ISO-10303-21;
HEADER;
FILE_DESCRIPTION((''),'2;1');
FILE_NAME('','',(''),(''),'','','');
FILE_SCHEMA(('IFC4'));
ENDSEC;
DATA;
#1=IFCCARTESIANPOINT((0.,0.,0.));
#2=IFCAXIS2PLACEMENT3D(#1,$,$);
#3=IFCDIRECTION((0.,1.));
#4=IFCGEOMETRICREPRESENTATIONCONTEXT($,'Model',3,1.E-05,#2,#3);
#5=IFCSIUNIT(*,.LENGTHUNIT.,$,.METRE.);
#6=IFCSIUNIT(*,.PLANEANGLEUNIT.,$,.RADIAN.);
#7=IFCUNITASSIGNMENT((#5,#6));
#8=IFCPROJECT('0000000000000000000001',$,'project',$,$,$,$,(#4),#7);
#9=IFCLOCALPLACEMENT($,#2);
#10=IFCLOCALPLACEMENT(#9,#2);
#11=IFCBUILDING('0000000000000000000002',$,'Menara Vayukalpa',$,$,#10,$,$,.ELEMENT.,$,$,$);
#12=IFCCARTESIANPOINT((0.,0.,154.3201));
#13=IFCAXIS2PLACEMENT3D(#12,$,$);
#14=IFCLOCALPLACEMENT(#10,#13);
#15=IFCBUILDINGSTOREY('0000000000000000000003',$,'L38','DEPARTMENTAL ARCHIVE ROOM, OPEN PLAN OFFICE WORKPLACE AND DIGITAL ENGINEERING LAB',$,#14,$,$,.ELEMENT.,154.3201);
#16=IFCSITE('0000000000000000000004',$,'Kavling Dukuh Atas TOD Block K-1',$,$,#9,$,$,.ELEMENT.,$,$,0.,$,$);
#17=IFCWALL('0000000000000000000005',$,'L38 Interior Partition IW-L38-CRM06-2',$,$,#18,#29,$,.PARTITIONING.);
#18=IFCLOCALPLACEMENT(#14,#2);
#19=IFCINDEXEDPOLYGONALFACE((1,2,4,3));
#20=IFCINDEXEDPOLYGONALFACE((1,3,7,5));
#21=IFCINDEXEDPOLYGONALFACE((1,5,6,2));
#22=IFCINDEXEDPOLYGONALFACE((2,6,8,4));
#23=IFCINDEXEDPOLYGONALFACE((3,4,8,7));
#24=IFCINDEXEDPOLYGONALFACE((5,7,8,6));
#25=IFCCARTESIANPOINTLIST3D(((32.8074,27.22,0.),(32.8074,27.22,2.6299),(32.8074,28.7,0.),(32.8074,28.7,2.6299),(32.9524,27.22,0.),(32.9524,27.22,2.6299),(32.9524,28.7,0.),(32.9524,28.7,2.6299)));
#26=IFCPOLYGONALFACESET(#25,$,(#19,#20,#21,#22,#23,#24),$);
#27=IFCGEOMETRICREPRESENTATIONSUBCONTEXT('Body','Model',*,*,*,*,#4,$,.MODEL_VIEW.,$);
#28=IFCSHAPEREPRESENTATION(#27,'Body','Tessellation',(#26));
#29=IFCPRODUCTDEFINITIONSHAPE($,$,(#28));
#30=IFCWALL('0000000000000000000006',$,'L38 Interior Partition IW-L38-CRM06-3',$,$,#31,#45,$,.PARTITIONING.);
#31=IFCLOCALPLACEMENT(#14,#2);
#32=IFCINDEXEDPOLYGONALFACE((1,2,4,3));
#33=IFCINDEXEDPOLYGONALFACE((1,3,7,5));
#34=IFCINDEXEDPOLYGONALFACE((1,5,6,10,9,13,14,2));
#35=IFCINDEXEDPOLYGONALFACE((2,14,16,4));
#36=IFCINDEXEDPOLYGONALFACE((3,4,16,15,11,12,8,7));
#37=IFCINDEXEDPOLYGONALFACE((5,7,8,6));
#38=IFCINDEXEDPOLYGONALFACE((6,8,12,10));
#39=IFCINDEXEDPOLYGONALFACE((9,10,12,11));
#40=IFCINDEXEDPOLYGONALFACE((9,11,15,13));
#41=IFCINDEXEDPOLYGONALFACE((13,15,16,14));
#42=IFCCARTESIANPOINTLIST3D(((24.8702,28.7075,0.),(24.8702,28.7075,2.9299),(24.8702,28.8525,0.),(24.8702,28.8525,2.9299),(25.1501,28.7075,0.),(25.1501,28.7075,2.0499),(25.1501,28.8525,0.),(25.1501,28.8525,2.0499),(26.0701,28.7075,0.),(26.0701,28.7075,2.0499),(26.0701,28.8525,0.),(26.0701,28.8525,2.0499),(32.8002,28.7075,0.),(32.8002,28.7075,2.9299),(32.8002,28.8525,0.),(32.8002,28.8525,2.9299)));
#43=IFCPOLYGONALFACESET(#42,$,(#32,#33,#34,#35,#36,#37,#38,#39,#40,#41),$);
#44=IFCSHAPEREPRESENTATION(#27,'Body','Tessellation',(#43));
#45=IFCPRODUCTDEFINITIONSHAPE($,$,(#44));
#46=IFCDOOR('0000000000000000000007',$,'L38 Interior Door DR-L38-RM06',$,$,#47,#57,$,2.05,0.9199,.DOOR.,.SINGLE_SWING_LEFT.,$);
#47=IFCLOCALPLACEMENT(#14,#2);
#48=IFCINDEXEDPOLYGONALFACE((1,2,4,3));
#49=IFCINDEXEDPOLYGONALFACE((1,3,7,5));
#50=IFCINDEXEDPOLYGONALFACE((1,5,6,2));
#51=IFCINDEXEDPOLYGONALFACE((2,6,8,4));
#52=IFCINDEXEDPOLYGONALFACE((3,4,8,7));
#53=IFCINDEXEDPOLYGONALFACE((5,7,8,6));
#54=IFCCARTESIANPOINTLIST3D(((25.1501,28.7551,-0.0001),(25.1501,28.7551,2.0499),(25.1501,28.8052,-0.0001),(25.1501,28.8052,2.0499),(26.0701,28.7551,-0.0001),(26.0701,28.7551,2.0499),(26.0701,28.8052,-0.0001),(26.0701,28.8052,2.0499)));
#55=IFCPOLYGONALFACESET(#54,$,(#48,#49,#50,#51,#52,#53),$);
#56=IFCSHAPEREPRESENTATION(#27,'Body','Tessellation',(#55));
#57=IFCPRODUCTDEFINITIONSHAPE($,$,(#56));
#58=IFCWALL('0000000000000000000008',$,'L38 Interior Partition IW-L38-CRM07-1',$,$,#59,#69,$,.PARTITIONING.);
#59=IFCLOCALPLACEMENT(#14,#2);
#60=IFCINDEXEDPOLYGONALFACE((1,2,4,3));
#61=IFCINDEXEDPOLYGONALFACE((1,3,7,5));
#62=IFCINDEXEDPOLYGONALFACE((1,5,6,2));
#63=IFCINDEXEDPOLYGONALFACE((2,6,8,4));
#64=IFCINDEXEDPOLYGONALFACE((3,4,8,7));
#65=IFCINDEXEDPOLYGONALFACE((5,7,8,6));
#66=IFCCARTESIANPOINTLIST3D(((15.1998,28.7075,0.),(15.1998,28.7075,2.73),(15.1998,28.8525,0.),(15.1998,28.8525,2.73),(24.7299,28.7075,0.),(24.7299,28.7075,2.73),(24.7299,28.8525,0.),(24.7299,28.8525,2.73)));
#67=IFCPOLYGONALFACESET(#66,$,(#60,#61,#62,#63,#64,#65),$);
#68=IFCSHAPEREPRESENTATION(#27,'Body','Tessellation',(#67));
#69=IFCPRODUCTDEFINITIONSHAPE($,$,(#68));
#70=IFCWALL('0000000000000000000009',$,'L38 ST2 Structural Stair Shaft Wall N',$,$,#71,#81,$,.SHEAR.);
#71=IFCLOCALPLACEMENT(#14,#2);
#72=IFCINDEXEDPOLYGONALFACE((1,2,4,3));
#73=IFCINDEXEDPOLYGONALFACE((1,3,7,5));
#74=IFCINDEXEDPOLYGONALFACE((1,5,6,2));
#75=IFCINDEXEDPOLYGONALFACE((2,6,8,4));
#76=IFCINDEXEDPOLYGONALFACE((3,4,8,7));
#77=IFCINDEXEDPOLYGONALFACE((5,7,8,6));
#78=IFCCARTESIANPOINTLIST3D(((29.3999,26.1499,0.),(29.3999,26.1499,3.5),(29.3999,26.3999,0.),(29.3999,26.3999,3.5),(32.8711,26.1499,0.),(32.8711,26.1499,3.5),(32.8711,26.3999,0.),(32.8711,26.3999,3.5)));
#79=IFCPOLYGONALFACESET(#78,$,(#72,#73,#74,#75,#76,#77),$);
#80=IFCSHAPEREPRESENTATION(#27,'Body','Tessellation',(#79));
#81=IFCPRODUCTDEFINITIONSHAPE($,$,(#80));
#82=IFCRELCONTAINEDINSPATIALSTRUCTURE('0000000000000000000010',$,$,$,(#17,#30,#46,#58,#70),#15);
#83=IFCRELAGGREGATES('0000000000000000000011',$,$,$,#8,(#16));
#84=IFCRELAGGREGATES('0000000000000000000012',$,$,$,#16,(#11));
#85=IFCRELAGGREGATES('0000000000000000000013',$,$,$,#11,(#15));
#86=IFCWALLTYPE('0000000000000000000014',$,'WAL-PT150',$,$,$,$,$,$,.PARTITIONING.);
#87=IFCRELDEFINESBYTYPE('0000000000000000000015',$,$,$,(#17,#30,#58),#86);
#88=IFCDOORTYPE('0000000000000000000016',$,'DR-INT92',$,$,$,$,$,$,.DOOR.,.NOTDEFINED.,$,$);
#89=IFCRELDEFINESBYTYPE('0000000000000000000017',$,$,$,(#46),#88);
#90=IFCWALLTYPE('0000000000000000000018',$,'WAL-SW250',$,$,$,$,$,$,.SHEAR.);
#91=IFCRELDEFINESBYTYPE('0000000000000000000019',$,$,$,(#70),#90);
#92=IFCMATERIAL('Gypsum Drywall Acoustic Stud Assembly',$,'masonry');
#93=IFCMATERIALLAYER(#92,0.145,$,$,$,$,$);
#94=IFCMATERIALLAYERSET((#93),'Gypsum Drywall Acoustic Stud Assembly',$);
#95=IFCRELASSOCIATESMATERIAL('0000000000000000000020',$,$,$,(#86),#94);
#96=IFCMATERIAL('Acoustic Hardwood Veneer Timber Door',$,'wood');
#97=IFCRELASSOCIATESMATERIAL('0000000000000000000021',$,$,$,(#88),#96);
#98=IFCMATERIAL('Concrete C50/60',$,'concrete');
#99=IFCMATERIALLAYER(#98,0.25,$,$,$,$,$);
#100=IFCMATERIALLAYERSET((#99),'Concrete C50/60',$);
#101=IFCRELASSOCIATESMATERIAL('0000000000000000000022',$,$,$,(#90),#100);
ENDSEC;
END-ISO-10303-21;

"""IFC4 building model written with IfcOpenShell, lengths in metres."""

from ifc_helpers import new_model, si_unit, direction, frame, frame_2d, origin, place, context, subcontext, project, spatial, rectangle, extrude, material, layer, layer_set, type_object, element, fill, save


model = new_model("IFC4")

# Units and contexts
model_context = context("Model", 3, precision=1e-05, world=origin(), true_north=direction((0.0, 1.0)))
body_context = subcontext(model_context, "Body", "Model", "MODEL_VIEW")
ifc_project = project(units=[si_unit("LENGTHUNIT", "METRE"), si_unit("PLANEANGLEUNIT", "RADIAN")], contexts=[model_context])

# Site, building, storey
site_placement = place(None, origin())
site = spatial("IfcSite", under=ifc_project, at=site_placement, Name="Kavling Dukuh Atas TOD Block K-1", CompositionType="ELEMENT", RefElevation=0.0)
building_placement = place(site_placement, origin())
building = spatial("IfcBuilding", under=site, at=building_placement, Name="Menara Vayukalpa", CompositionType="ELEMENT")
storey_placement = place(building_placement, frame((0.0, 0.0, 154.3201)))
storey = spatial("IfcBuildingStorey", under=building, at=storey_placement, Name="L38", Description="DEPARTMENTAL ARCHIVE ROOM, OPEN PLAN OFFICE WORKPLACE AND DIGITAL ENGINEERING LAB", CompositionType="ELEMENT", Elevation=154.3201)

# Wall
ifc_material_1 = material(Name="Gypsum Drywall Acoustic Stud Assembly", Category="masonry")
ifc_layer_1 = layer(ifc_material_1, 0.145)
ifc_layer_set_1 = layer_set([ifc_layer_1], Name="Gypsum Drywall Acoustic Stud Assembly")
wall_type_1 = type_object("IfcWallType", Name="WAL-PT150", PredefinedType="PARTITIONING", material=ifc_layer_set_1)
wall_1_placement = place(storey_placement, frame((32.8799, 27.22, 0.0), z_axis=(0.0, 0.0, 1.0), x_axis=(0.0, 1.0, 0.0)))
element("IfcWall", 1, at=wall_1_placement, inside=storey, type_object=wall_type_1, Name="L38 Interior Partition IW-L38-CRM06-2", PredefinedType="PARTITIONING", context=body_context, shape_type="SweptSolid", body=[
    extrude(rectangle(XDim=1.48, YDim=0.145, at=frame_2d((0.74, 0.0))), origin(), (0.0, 0.0, 1.0), 2.6299),
])

# Wall, opening, door
wall_2_placement = place(storey_placement, frame((32.8, 28.78, 0.0), z_axis=(0.0, 0.0, 1.0), x_axis=(-1.0, 0.0, 0.0)))
wall_2 = element("IfcWall", 2, at=wall_2_placement, inside=storey, type_object=wall_type_1, Name="L38 Interior Partition IW-L38-CRM06-3", PredefinedType="PARTITIONING", context=body_context, shape_type="SweptSolid", body=[
    extrude(rectangle(XDim=7.9299, YDim=0.145, at=frame_2d((3.9648, 0.0))), origin(), (0.0, 0.0, 1.0), 2.9299),
])
opening_placement = place(wall_2_placement, frame((6.73, 0.0, 0.0)))
opening = element("IfcOpeningElement", 3, at=opening_placement, cuts=wall_2, PredefinedType="OPENING", context=body_context, shape_type="SweptSolid", body=[
    extrude(rectangle(XDim=0.9199, YDim=2.05, at=frame_2d((0.46, 1.0249))), frame((0.0, 0.0825, 0.0), z_axis=(0.0, -1.0, 0.0), x_axis=(1.0, 0.0, 0.0)), (0.0, 0.0, 1.0), 0.165),
])
ifc_material_2 = material(Name="Acoustic Hardwood Veneer Timber Door", Category="wood")
door_type = type_object("IfcDoorType", Name="DR-INT92", OperationType="NOTDEFINED", PredefinedType="DOOR", material=ifc_material_2)
door_placement = place(opening_placement, origin())
door = element("IfcDoor", 4, at=door_placement, inside=storey, type_object=door_type, Name="L38 Interior Door DR-L38-RM06", OperationType="SINGLE_SWING_LEFT", OverallHeight=2.05, OverallWidth=0.9199, PredefinedType="DOOR", context=body_context, shape_type="SweptSolid", body=[
    extrude(rectangle(XDim=0.9199, YDim=2.05, at=frame_2d((0.46, 1.0249))), frame((0.0, 0.0249, 0.0), z_axis=(0.0, -1.0, 0.0), x_axis=(1.0, 0.0, 0.0)), (0.0, 0.0, 1.0), 0.05),
])
fill(opening, door)

# Walls
wall_3_placement = place(storey_placement, frame((24.73, 28.78, 0.0), z_axis=(0.0, 0.0, 1.0), x_axis=(-1.0, 0.0, 0.0)))
element("IfcWall", 5, at=wall_3_placement, inside=storey, type_object=wall_type_1, Name="L38 Interior Partition IW-L38-CRM07-1", PredefinedType="PARTITIONING", context=body_context, shape_type="SweptSolid", body=[
    extrude(rectangle(XDim=9.53, YDim=0.145, at=frame_2d((4.7651, 0.0))), origin(), (0.0, 0.0, 1.0), 2.73),
])
ifc_material_3 = material(Name="Concrete C50/60", Category="concrete")
ifc_layer_2 = layer(ifc_material_3, 0.25)
ifc_layer_set_2 = layer_set([ifc_layer_2], Name="Concrete C50/60")
wall_type_2 = type_object("IfcWallType", Name="WAL-SW250", PredefinedType="SHEAR", material=ifc_layer_set_2)
wall_4_placement = place(storey_placement, frame((29.3999, 26.2749, 0.0), z_axis=(0.0, 0.0, 1.0), x_axis=(1.0, 0.0, 0.0)))
element("IfcWall", 6, at=wall_4_placement, inside=storey, type_object=wall_type_2, Name="L38 ST2 Structural Stair Shaft Wall N", PredefinedType="SHEAR", context=body_context, shape_type="SweptSolid", body=[
    extrude(rectangle(XDim=3.4712, YDim=0.25, at=frame_2d((1.7356, 0.0))), origin(), (0.0, 0.0, 1.0), 3.5),
])

save(model, "model.ifc")
